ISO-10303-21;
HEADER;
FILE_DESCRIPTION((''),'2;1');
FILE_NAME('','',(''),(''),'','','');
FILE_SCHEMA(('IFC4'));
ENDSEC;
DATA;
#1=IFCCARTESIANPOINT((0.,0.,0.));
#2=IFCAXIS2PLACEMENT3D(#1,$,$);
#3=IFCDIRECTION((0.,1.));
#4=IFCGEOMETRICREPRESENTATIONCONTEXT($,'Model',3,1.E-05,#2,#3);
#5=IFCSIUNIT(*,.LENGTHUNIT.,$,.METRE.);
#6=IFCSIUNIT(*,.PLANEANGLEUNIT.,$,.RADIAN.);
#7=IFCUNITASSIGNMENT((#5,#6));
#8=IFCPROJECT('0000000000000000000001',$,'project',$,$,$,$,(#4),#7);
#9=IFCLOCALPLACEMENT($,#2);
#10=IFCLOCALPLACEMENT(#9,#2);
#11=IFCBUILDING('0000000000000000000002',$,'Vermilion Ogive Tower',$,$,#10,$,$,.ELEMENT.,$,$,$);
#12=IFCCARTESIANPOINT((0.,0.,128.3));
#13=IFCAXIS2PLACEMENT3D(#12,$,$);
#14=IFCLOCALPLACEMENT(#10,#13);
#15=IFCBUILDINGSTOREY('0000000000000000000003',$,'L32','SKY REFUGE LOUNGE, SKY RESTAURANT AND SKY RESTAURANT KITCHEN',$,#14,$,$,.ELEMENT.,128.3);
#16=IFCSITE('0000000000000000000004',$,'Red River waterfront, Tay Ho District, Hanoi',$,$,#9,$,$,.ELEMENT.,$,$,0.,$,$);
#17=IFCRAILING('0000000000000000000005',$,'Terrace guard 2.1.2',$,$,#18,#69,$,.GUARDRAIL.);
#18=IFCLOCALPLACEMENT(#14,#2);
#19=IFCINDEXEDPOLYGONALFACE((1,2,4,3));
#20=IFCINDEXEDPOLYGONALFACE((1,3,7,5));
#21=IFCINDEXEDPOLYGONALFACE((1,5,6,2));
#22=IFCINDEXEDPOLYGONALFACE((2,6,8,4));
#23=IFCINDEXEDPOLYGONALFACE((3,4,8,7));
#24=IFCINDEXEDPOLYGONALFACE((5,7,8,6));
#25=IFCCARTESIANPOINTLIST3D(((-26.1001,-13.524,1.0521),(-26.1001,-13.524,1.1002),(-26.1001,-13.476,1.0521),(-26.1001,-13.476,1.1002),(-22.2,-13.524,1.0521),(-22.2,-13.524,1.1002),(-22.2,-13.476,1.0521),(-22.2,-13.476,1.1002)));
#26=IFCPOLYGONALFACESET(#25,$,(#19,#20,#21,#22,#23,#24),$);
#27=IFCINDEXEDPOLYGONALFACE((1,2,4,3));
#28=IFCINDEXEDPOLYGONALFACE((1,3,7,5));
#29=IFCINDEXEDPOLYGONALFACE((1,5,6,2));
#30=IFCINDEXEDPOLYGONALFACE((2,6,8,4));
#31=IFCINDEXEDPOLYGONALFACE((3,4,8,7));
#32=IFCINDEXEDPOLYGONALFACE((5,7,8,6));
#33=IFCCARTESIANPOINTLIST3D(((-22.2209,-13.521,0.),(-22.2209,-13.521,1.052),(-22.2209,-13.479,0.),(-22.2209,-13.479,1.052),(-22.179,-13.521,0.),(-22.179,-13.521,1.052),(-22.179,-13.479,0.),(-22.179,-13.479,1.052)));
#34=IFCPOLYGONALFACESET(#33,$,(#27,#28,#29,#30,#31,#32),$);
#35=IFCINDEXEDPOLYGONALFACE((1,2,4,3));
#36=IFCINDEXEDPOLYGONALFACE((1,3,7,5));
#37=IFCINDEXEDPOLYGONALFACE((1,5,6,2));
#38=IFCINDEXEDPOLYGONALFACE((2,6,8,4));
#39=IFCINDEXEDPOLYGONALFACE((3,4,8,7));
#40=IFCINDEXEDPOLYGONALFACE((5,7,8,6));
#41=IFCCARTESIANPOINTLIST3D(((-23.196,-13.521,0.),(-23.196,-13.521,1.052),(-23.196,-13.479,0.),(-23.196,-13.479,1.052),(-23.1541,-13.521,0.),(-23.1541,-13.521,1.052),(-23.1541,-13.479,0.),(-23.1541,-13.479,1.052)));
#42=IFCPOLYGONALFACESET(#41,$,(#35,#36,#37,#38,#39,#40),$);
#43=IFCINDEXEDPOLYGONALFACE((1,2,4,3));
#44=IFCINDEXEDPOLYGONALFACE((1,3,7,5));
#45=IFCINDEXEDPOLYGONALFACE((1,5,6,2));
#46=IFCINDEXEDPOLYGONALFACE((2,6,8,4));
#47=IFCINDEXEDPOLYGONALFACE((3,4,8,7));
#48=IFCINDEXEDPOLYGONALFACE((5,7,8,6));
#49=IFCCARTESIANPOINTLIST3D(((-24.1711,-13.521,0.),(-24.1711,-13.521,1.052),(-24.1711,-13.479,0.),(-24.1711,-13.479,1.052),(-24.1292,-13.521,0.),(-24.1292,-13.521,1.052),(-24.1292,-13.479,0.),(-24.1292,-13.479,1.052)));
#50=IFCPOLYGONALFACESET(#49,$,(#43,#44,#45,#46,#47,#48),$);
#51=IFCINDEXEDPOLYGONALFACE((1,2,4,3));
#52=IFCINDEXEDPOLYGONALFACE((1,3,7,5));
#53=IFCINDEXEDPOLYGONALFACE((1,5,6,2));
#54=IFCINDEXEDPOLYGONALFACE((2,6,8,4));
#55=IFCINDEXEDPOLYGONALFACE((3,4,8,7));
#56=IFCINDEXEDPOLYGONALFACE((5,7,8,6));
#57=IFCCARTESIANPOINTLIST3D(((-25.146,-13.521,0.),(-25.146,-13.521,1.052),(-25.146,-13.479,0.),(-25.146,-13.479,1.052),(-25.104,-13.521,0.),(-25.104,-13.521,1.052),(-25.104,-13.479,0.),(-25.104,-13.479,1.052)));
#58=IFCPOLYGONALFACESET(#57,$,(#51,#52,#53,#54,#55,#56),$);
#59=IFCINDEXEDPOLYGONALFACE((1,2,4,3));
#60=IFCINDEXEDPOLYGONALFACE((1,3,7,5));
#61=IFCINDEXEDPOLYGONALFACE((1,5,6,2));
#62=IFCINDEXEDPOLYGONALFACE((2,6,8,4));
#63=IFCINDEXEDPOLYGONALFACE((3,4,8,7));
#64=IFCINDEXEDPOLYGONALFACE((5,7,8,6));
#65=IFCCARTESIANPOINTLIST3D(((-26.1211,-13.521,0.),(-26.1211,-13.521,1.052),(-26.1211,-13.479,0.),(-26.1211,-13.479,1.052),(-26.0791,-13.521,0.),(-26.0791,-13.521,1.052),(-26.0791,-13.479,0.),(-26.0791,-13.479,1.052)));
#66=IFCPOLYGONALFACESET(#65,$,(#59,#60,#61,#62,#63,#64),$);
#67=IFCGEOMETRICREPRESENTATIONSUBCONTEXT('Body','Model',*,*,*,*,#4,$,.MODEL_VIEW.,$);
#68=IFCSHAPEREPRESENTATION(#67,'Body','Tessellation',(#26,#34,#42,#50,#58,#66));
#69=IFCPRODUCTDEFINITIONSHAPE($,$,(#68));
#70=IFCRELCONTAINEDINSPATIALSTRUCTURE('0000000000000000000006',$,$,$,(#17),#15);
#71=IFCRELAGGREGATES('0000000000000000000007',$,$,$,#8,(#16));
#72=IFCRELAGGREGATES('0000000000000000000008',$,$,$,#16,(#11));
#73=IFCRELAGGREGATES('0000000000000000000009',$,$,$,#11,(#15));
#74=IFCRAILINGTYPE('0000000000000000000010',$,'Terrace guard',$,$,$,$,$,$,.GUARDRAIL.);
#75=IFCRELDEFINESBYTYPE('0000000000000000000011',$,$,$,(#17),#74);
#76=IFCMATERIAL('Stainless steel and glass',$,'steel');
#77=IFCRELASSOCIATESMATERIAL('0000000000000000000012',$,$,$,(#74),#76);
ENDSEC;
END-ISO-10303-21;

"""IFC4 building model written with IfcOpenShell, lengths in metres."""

from ifc_helpers import new_model, si_unit, direction, frame, origin, origin_2d, place, context, subcontext, project, spatial, rectangle, extrude, material, type_object, element, save


model = new_model("IFC4")

# Units and contexts
model_context = context("Model", 3, precision=1e-05, world=origin(), true_north=direction((0.0, 1.0)))
body_context = subcontext(model_context, "Body", "Model", "MODEL_VIEW")
ifc_project = project(units=[si_unit("LENGTHUNIT", "METRE"), si_unit("PLANEANGLEUNIT", "RADIAN")], contexts=[model_context])

# Site, building, storey
site_placement = place(None, origin())
site = spatial("IfcSite", under=ifc_project, at=site_placement, Name="Red River waterfront, Tay Ho District, Hanoi", CompositionType="ELEMENT", RefElevation=0.0)
building_placement = place(site_placement, origin())
building = spatial("IfcBuilding", under=site, at=building_placement, Name="Vermilion Ogive Tower", CompositionType="ELEMENT")
storey_placement = place(building_placement, frame((0.0, 0.0, 128.3)))
storey = spatial("IfcBuildingStorey", under=building, at=storey_placement, Name="L32", Description="SKY REFUGE LOUNGE, SKY RESTAURANT AND SKY RESTAURANT KITCHEN", CompositionType="ELEMENT", Elevation=128.3)

# Railing
ifc_material_1 = material(Name="Stainless steel and glass", Category="steel")
railing_type = type_object("IfcRailingType", Name="Terrace guard", PredefinedType="GUARDRAIL", material=ifc_material_1)
railing_1_placement = place(storey_placement, frame((-22.2, -13.5, 0.0)))
element("IfcRailing", 1, at=railing_1_placement, inside=storey, type_object=railing_type, Name="Terrace guard 2.1.2", PredefinedType="GUARDRAIL", context=body_context, shape_type="SweptSolid", body=[
    extrude(rectangle(XDim=0.0481, YDim=0.0481, at=origin_2d()), frame((0.0, 0.0, 1.0762), z_axis=(-1.0, 0.0, 0.0), x_axis=(0.0, -1.0, 0.0)), (0.0, 0.0, 1.0), 3.9001),
    extrude(rectangle(XDim=0.042, YDim=0.042, at=origin_2d()), origin(), (0.0, 0.0, 1.0), 1.052),
    extrude(rectangle(XDim=0.042, YDim=0.042, at=origin_2d()), frame((-0.9751, 0.0, 0.0)), (0.0, 0.0, 1.0), 1.052),
    extrude(rectangle(XDim=0.042, YDim=0.042, at=origin_2d()), frame((-1.9502, 0.0, 0.0)), (0.0, 0.0, 1.0), 1.052),
    extrude(rectangle(XDim=0.042, YDim=0.042, at=origin_2d()), frame((-2.925, 0.0, 0.0)), (0.0, 0.0, 1.0), 1.052),
    extrude(rectangle(XDim=0.042, YDim=0.042, at=origin_2d()), frame((-3.9001, 0.0, 0.0)), (0.0, 0.0, 1.0), 1.052),
])

save(model, "model.ifc")
